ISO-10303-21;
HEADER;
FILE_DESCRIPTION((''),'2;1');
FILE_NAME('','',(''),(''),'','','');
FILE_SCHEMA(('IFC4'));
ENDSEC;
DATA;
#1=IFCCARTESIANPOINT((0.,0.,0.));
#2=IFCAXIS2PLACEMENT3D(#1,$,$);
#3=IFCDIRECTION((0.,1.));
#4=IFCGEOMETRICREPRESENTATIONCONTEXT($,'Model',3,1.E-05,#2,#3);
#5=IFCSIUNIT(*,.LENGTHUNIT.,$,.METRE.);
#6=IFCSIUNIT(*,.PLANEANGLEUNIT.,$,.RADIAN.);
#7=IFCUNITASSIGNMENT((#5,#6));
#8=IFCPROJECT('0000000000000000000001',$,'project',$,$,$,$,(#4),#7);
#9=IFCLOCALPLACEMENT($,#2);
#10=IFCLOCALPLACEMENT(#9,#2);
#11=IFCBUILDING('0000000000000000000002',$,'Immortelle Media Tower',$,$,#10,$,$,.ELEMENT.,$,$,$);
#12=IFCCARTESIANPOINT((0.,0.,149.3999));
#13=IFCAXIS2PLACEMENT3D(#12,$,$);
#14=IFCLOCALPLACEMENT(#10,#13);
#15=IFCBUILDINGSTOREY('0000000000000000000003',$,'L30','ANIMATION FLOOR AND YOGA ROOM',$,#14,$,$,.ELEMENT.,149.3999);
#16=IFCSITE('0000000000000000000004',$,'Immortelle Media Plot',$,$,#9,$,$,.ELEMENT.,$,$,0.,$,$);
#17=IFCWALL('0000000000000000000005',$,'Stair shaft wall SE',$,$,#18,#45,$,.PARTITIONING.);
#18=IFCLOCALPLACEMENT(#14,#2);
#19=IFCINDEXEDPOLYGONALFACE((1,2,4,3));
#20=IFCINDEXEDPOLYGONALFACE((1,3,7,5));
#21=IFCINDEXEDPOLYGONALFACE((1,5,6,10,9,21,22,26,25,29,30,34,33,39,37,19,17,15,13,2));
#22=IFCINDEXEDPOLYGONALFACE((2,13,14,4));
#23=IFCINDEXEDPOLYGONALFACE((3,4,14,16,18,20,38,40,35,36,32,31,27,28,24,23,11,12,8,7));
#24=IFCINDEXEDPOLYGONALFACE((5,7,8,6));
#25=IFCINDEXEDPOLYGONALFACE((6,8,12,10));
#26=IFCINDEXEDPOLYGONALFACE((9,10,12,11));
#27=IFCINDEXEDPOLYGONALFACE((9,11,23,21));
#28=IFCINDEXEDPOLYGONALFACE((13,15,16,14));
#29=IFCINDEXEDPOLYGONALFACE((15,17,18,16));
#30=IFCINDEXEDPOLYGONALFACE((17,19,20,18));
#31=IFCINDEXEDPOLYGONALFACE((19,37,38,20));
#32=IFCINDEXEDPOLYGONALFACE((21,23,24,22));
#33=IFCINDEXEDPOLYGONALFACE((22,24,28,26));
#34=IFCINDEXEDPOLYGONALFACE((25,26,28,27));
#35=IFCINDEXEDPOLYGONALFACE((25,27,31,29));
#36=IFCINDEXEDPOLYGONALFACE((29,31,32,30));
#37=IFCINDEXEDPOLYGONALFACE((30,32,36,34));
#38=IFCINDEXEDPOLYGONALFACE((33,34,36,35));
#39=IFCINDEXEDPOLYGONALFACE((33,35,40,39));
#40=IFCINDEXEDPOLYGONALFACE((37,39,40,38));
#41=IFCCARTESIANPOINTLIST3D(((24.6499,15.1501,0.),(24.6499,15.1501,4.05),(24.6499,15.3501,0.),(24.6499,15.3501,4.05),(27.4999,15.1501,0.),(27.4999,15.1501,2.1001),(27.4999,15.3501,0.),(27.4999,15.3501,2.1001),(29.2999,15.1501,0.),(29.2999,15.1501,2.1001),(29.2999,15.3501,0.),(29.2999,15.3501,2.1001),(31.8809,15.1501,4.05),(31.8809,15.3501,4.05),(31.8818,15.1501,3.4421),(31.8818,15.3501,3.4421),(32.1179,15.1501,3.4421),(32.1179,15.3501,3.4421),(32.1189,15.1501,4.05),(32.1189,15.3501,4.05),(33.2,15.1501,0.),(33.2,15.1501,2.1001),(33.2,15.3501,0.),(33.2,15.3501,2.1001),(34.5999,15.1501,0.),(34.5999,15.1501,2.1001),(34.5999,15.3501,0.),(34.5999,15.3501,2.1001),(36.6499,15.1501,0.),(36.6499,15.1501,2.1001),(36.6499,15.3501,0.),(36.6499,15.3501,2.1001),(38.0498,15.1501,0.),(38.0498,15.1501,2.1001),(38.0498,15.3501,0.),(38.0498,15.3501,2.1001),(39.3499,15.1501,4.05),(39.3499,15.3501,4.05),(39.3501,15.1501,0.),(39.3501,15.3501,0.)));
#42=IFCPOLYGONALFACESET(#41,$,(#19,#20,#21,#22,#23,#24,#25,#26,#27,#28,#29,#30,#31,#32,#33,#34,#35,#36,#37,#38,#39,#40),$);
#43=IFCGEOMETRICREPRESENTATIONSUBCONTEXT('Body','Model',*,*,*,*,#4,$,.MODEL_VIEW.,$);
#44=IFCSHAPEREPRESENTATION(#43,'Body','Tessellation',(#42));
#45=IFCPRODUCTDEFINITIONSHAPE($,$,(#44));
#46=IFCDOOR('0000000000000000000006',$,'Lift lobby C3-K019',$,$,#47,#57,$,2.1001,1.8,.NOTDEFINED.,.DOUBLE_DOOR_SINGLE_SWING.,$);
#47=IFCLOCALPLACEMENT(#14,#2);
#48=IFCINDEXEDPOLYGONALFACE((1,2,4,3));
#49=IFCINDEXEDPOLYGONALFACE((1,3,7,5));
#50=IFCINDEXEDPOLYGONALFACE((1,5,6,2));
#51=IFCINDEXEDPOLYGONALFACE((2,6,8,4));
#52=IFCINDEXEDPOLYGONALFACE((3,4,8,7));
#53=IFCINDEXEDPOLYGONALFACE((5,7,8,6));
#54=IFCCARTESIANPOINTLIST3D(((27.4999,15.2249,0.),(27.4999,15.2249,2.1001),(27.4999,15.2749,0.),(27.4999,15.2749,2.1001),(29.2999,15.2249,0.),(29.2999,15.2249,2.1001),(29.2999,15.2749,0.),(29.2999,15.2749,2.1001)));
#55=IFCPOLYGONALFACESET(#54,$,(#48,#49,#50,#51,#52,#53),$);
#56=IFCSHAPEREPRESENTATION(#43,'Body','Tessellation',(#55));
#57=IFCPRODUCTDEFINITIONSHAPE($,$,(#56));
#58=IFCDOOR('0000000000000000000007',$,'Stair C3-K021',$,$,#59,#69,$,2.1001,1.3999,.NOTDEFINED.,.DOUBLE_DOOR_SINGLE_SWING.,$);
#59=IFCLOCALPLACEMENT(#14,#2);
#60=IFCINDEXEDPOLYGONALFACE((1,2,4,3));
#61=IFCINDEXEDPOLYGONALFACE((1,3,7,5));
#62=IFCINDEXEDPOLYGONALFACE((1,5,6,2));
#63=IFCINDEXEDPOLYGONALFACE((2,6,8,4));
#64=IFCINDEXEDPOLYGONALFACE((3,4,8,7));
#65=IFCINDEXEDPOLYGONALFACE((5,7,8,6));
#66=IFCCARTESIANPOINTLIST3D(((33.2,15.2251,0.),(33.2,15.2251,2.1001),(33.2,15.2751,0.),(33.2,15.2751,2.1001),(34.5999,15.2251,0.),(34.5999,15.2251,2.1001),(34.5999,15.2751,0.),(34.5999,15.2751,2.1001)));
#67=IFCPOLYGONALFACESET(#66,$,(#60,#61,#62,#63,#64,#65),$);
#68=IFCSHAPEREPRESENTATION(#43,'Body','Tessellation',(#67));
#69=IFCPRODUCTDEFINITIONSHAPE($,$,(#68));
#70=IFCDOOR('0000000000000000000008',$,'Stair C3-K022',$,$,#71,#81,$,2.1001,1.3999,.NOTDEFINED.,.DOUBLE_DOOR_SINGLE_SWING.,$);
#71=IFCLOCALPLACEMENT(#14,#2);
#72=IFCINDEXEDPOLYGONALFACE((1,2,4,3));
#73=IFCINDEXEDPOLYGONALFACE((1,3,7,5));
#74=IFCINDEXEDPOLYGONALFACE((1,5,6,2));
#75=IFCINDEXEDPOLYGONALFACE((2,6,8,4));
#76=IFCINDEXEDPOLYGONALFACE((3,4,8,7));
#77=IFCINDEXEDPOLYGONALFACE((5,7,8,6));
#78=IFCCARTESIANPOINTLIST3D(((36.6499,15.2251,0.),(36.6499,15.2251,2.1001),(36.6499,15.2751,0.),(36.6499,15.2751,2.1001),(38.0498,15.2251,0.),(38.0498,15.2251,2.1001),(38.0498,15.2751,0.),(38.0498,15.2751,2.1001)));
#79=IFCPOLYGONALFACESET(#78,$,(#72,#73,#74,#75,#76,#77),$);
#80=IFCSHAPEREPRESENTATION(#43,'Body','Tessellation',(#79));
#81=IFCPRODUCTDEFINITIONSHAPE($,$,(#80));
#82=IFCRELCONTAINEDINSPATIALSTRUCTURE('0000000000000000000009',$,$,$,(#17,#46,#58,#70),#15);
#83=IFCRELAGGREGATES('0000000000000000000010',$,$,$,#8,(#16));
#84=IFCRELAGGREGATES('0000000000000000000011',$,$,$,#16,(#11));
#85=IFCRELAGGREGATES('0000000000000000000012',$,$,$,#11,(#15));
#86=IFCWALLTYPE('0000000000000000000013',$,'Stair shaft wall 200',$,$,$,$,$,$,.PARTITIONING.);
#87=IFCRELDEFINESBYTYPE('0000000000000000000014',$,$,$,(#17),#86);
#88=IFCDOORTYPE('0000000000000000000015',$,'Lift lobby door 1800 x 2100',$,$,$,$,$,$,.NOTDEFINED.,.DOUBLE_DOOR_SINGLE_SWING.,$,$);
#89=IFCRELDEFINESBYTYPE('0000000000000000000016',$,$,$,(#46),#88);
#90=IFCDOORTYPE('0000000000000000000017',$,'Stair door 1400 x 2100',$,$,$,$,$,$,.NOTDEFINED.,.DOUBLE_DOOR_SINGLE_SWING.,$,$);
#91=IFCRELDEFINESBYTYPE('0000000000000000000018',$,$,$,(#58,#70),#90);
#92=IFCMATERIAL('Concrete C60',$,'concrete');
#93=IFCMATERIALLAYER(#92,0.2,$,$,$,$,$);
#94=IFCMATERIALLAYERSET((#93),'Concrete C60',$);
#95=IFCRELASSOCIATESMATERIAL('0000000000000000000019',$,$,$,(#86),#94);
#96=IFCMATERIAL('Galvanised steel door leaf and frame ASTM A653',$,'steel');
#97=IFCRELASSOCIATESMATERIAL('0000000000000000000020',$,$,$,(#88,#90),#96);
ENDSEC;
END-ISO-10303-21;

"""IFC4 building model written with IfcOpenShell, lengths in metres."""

from ifc_helpers import new_model, si_unit, direction, frame, frame_2d, origin, place, context, subcontext, project, spatial, polyline, rectangle, outline, extrude, material, layer, layer_set, type_object, element, fill, save


model = new_model("IFC4")

# Units and contexts
model_context = context("Model", 3, precision=1e-05, world=origin(), true_north=direction((0.0, 1.0)))
body_context = subcontext(model_context, "Body", "Model", "MODEL_VIEW")
ifc_project = project(units=[si_unit("LENGTHUNIT", "METRE"), si_unit("PLANEANGLEUNIT", "RADIAN")], contexts=[model_context])

# Site, building, storey
site_placement = place(None, origin())
site = spatial("IfcSite", under=ifc_project, at=site_placement, Name="Immortelle Media Plot", CompositionType="ELEMENT", RefElevation=0.0)
building_placement = place(site_placement, origin())
building = spatial("IfcBuilding", under=site, at=building_placement, Name="Immortelle Media Tower", CompositionType="ELEMENT")
storey_placement = place(building_placement, frame((0.0, 0.0, 149.3999)))
storey = spatial("IfcBuildingStorey", under=building, at=storey_placement, Name="L30", Description="ANIMATION FLOOR AND YOGA ROOM", CompositionType="ELEMENT", Elevation=149.3999)

# Shared definitions
ifc_material_1 = material(Name="Concrete C60", Category="concrete")
ifc_layer_1 = layer(ifc_material_1, 0.2)
ifc_layer_set_1 = layer_set([ifc_layer_1], Name="Concrete C60")
wall_type_1 = type_object("IfcWallType", Name="Stair shaft wall 200", PredefinedType="PARTITIONING", material=ifc_layer_set_1)

# Wall, openings, doors
wall_1_placement = place(storey_placement, frame((24.6499, 15.25, 0.0), z_axis=(0.0, 0.0, 1.0), x_axis=(1.0, 0.0, 0.0)))
wall_1 = element("IfcWall", 1, at=wall_1_placement, inside=storey, type_object=wall_type_1, Name="Stair shaft wall SE", PredefinedType="PARTITIONING", context=body_context, shape_type="SweptSolid", body=[
    extrude(outline(polyline([(0.0, 0.0), (14.7002, 0.0), (14.7, 4.05), (7.469, 4.05), (7.468, 3.4421), (7.2319, 3.4421), (7.231, 4.05), (0.0, 4.05), (0.0, 0.0)])), frame((0.0, 0.1001, 0.0), z_axis=(0.0, -1.0, 0.0), x_axis=(1.0, 0.0, 0.0)), (0.0, 0.0, 1.0), 0.2),
])
opening_1_placement = place(wall_1_placement, frame((2.8501, 0.0, 0.0)))
opening_1 = element("IfcOpeningElement", 2, at=opening_1_placement, cuts=wall_1, PredefinedType="OPENING", context=body_context, shape_type="SweptSolid", body=[
    extrude(rectangle(XDim=1.8, YDim=2.1001, at=frame_2d((0.8999, 1.05))), frame((0.0, 0.1099, 0.0), z_axis=(0.0, -1.0, 0.0), x_axis=(1.0, 0.0, 0.0)), (0.0, 0.0, 1.0), 0.22),
])
opening_2_placement = place(wall_1_placement, frame((9.95, 0.0, 0.0), z_axis=(0.0, 0.0, 1.0), x_axis=(-1.0, 0.0, 0.0)))
opening_2 = element("IfcOpeningElement", 3, at=opening_2_placement, cuts=wall_1, PredefinedType="OPENING", context=body_context, shape_type="SweptSolid", body=[
    extrude(rectangle(XDim=1.3999, YDim=2.1001, at=frame_2d((0.7, 1.05))), frame((0.0, 0.1099, 0.0), z_axis=(0.0, -1.0, 0.0), x_axis=(1.0, 0.0, 0.0)), (0.0, 0.0, 1.0), 0.22),
])
opening_3_placement = place(wall_1_placement, frame((13.3999, 0.0, 0.0), z_axis=(0.0, 0.0, 1.0), x_axis=(-1.0, 0.0, 0.0)))
opening_3 = element("IfcOpeningElement", 4, at=opening_3_placement, cuts=wall_1, PredefinedType="OPENING", context=body_context, shape_type="SweptSolid", body=[
    extrude(rectangle(XDim=1.3999, YDim=2.1001, at=frame_2d((0.7, 1.05))), frame((0.0, 0.1099, 0.0), z_axis=(0.0, -1.0, 0.0), x_axis=(1.0, 0.0, 0.0)), (0.0, 0.0, 1.0), 0.22),
])
ifc_material_2 = material(Name="Galvanised steel door leaf and frame ASTM A653", Category="steel")
door_type_1 = type_object("IfcDoorType", Name="Lift lobby door 1800 x 2100", OperationType="DOUBLE_DOOR_SINGLE_SWING", PredefinedType="NOTDEFINED", material=ifc_material_2)
door_1_placement = place(opening_1_placement, origin())
door_1 = element("IfcDoor", 5, at=door_1_placement, inside=storey, type_object=door_type_1, Name="Lift lobby C3-K019", OperationType="DOUBLE_DOOR_SINGLE_SWING", OverallHeight=2.1001, OverallWidth=1.8, PredefinedType="NOTDEFINED", context=body_context, shape_type="SweptSolid", body=[
    extrude(rectangle(XDim=1.8, YDim=2.1001, at=frame_2d((0.8999, 1.05))), frame((0.0, 0.0249, 0.0), z_axis=(0.0, -1.0, 0.0), x_axis=(1.0, 0.0, 0.0)), (0.0, 0.0, 1.0), 0.05),
])
fill(opening_1, door_1)
door_type_2 = type_object("IfcDoorType", Name="Stair door 1400 x 2100", OperationType="DOUBLE_DOOR_SINGLE_SWING", PredefinedType="NOTDEFINED", material=ifc_material_2)
door_2_placement = place(opening_2_placement, origin())
door_2 = element("IfcDoor", 6, at=door_2_placement, inside=storey, type_object=door_type_2, Name="Stair C3-K021", OperationType="DOUBLE_DOOR_SINGLE_SWING", OverallHeight=2.1001, OverallWidth=1.3999, PredefinedType="NOTDEFINED", context=body_context, shape_type="SweptSolid", body=[
    extrude(rectangle(XDim=1.3999, YDim=2.1001, at=frame_2d((0.7, 1.05))), frame((0.0, 0.0249, 0.0), z_axis=(0.0, -1.0, 0.0), x_axis=(1.0, 0.0, 0.0)), (0.0, 0.0, 1.0), 0.05),
])
fill(opening_2, door_2)
door_3_placement = place(opening_3_placement, origin())
door_3 = element("IfcDoor", 7, at=door_3_placement, inside=storey, type_object=door_type_2, Name="Stair C3-K022", OperationType="DOUBLE_DOOR_SINGLE_SWING", OverallHeight=2.1001, OverallWidth=1.3999, PredefinedType="NOTDEFINED", context=body_context, shape_type="SweptSolid", body=[
    extrude(rectangle(XDim=1.3999, YDim=2.1001, at=frame_2d((0.7, 1.05))), frame((0.0, 0.0249, 0.0), z_axis=(0.0, -1.0, 0.0), x_axis=(1.0, 0.0, 0.0)), (0.0, 0.0, 1.0), 0.05),
])
fill(opening_3, door_3)

save(model, "model.ifc")
